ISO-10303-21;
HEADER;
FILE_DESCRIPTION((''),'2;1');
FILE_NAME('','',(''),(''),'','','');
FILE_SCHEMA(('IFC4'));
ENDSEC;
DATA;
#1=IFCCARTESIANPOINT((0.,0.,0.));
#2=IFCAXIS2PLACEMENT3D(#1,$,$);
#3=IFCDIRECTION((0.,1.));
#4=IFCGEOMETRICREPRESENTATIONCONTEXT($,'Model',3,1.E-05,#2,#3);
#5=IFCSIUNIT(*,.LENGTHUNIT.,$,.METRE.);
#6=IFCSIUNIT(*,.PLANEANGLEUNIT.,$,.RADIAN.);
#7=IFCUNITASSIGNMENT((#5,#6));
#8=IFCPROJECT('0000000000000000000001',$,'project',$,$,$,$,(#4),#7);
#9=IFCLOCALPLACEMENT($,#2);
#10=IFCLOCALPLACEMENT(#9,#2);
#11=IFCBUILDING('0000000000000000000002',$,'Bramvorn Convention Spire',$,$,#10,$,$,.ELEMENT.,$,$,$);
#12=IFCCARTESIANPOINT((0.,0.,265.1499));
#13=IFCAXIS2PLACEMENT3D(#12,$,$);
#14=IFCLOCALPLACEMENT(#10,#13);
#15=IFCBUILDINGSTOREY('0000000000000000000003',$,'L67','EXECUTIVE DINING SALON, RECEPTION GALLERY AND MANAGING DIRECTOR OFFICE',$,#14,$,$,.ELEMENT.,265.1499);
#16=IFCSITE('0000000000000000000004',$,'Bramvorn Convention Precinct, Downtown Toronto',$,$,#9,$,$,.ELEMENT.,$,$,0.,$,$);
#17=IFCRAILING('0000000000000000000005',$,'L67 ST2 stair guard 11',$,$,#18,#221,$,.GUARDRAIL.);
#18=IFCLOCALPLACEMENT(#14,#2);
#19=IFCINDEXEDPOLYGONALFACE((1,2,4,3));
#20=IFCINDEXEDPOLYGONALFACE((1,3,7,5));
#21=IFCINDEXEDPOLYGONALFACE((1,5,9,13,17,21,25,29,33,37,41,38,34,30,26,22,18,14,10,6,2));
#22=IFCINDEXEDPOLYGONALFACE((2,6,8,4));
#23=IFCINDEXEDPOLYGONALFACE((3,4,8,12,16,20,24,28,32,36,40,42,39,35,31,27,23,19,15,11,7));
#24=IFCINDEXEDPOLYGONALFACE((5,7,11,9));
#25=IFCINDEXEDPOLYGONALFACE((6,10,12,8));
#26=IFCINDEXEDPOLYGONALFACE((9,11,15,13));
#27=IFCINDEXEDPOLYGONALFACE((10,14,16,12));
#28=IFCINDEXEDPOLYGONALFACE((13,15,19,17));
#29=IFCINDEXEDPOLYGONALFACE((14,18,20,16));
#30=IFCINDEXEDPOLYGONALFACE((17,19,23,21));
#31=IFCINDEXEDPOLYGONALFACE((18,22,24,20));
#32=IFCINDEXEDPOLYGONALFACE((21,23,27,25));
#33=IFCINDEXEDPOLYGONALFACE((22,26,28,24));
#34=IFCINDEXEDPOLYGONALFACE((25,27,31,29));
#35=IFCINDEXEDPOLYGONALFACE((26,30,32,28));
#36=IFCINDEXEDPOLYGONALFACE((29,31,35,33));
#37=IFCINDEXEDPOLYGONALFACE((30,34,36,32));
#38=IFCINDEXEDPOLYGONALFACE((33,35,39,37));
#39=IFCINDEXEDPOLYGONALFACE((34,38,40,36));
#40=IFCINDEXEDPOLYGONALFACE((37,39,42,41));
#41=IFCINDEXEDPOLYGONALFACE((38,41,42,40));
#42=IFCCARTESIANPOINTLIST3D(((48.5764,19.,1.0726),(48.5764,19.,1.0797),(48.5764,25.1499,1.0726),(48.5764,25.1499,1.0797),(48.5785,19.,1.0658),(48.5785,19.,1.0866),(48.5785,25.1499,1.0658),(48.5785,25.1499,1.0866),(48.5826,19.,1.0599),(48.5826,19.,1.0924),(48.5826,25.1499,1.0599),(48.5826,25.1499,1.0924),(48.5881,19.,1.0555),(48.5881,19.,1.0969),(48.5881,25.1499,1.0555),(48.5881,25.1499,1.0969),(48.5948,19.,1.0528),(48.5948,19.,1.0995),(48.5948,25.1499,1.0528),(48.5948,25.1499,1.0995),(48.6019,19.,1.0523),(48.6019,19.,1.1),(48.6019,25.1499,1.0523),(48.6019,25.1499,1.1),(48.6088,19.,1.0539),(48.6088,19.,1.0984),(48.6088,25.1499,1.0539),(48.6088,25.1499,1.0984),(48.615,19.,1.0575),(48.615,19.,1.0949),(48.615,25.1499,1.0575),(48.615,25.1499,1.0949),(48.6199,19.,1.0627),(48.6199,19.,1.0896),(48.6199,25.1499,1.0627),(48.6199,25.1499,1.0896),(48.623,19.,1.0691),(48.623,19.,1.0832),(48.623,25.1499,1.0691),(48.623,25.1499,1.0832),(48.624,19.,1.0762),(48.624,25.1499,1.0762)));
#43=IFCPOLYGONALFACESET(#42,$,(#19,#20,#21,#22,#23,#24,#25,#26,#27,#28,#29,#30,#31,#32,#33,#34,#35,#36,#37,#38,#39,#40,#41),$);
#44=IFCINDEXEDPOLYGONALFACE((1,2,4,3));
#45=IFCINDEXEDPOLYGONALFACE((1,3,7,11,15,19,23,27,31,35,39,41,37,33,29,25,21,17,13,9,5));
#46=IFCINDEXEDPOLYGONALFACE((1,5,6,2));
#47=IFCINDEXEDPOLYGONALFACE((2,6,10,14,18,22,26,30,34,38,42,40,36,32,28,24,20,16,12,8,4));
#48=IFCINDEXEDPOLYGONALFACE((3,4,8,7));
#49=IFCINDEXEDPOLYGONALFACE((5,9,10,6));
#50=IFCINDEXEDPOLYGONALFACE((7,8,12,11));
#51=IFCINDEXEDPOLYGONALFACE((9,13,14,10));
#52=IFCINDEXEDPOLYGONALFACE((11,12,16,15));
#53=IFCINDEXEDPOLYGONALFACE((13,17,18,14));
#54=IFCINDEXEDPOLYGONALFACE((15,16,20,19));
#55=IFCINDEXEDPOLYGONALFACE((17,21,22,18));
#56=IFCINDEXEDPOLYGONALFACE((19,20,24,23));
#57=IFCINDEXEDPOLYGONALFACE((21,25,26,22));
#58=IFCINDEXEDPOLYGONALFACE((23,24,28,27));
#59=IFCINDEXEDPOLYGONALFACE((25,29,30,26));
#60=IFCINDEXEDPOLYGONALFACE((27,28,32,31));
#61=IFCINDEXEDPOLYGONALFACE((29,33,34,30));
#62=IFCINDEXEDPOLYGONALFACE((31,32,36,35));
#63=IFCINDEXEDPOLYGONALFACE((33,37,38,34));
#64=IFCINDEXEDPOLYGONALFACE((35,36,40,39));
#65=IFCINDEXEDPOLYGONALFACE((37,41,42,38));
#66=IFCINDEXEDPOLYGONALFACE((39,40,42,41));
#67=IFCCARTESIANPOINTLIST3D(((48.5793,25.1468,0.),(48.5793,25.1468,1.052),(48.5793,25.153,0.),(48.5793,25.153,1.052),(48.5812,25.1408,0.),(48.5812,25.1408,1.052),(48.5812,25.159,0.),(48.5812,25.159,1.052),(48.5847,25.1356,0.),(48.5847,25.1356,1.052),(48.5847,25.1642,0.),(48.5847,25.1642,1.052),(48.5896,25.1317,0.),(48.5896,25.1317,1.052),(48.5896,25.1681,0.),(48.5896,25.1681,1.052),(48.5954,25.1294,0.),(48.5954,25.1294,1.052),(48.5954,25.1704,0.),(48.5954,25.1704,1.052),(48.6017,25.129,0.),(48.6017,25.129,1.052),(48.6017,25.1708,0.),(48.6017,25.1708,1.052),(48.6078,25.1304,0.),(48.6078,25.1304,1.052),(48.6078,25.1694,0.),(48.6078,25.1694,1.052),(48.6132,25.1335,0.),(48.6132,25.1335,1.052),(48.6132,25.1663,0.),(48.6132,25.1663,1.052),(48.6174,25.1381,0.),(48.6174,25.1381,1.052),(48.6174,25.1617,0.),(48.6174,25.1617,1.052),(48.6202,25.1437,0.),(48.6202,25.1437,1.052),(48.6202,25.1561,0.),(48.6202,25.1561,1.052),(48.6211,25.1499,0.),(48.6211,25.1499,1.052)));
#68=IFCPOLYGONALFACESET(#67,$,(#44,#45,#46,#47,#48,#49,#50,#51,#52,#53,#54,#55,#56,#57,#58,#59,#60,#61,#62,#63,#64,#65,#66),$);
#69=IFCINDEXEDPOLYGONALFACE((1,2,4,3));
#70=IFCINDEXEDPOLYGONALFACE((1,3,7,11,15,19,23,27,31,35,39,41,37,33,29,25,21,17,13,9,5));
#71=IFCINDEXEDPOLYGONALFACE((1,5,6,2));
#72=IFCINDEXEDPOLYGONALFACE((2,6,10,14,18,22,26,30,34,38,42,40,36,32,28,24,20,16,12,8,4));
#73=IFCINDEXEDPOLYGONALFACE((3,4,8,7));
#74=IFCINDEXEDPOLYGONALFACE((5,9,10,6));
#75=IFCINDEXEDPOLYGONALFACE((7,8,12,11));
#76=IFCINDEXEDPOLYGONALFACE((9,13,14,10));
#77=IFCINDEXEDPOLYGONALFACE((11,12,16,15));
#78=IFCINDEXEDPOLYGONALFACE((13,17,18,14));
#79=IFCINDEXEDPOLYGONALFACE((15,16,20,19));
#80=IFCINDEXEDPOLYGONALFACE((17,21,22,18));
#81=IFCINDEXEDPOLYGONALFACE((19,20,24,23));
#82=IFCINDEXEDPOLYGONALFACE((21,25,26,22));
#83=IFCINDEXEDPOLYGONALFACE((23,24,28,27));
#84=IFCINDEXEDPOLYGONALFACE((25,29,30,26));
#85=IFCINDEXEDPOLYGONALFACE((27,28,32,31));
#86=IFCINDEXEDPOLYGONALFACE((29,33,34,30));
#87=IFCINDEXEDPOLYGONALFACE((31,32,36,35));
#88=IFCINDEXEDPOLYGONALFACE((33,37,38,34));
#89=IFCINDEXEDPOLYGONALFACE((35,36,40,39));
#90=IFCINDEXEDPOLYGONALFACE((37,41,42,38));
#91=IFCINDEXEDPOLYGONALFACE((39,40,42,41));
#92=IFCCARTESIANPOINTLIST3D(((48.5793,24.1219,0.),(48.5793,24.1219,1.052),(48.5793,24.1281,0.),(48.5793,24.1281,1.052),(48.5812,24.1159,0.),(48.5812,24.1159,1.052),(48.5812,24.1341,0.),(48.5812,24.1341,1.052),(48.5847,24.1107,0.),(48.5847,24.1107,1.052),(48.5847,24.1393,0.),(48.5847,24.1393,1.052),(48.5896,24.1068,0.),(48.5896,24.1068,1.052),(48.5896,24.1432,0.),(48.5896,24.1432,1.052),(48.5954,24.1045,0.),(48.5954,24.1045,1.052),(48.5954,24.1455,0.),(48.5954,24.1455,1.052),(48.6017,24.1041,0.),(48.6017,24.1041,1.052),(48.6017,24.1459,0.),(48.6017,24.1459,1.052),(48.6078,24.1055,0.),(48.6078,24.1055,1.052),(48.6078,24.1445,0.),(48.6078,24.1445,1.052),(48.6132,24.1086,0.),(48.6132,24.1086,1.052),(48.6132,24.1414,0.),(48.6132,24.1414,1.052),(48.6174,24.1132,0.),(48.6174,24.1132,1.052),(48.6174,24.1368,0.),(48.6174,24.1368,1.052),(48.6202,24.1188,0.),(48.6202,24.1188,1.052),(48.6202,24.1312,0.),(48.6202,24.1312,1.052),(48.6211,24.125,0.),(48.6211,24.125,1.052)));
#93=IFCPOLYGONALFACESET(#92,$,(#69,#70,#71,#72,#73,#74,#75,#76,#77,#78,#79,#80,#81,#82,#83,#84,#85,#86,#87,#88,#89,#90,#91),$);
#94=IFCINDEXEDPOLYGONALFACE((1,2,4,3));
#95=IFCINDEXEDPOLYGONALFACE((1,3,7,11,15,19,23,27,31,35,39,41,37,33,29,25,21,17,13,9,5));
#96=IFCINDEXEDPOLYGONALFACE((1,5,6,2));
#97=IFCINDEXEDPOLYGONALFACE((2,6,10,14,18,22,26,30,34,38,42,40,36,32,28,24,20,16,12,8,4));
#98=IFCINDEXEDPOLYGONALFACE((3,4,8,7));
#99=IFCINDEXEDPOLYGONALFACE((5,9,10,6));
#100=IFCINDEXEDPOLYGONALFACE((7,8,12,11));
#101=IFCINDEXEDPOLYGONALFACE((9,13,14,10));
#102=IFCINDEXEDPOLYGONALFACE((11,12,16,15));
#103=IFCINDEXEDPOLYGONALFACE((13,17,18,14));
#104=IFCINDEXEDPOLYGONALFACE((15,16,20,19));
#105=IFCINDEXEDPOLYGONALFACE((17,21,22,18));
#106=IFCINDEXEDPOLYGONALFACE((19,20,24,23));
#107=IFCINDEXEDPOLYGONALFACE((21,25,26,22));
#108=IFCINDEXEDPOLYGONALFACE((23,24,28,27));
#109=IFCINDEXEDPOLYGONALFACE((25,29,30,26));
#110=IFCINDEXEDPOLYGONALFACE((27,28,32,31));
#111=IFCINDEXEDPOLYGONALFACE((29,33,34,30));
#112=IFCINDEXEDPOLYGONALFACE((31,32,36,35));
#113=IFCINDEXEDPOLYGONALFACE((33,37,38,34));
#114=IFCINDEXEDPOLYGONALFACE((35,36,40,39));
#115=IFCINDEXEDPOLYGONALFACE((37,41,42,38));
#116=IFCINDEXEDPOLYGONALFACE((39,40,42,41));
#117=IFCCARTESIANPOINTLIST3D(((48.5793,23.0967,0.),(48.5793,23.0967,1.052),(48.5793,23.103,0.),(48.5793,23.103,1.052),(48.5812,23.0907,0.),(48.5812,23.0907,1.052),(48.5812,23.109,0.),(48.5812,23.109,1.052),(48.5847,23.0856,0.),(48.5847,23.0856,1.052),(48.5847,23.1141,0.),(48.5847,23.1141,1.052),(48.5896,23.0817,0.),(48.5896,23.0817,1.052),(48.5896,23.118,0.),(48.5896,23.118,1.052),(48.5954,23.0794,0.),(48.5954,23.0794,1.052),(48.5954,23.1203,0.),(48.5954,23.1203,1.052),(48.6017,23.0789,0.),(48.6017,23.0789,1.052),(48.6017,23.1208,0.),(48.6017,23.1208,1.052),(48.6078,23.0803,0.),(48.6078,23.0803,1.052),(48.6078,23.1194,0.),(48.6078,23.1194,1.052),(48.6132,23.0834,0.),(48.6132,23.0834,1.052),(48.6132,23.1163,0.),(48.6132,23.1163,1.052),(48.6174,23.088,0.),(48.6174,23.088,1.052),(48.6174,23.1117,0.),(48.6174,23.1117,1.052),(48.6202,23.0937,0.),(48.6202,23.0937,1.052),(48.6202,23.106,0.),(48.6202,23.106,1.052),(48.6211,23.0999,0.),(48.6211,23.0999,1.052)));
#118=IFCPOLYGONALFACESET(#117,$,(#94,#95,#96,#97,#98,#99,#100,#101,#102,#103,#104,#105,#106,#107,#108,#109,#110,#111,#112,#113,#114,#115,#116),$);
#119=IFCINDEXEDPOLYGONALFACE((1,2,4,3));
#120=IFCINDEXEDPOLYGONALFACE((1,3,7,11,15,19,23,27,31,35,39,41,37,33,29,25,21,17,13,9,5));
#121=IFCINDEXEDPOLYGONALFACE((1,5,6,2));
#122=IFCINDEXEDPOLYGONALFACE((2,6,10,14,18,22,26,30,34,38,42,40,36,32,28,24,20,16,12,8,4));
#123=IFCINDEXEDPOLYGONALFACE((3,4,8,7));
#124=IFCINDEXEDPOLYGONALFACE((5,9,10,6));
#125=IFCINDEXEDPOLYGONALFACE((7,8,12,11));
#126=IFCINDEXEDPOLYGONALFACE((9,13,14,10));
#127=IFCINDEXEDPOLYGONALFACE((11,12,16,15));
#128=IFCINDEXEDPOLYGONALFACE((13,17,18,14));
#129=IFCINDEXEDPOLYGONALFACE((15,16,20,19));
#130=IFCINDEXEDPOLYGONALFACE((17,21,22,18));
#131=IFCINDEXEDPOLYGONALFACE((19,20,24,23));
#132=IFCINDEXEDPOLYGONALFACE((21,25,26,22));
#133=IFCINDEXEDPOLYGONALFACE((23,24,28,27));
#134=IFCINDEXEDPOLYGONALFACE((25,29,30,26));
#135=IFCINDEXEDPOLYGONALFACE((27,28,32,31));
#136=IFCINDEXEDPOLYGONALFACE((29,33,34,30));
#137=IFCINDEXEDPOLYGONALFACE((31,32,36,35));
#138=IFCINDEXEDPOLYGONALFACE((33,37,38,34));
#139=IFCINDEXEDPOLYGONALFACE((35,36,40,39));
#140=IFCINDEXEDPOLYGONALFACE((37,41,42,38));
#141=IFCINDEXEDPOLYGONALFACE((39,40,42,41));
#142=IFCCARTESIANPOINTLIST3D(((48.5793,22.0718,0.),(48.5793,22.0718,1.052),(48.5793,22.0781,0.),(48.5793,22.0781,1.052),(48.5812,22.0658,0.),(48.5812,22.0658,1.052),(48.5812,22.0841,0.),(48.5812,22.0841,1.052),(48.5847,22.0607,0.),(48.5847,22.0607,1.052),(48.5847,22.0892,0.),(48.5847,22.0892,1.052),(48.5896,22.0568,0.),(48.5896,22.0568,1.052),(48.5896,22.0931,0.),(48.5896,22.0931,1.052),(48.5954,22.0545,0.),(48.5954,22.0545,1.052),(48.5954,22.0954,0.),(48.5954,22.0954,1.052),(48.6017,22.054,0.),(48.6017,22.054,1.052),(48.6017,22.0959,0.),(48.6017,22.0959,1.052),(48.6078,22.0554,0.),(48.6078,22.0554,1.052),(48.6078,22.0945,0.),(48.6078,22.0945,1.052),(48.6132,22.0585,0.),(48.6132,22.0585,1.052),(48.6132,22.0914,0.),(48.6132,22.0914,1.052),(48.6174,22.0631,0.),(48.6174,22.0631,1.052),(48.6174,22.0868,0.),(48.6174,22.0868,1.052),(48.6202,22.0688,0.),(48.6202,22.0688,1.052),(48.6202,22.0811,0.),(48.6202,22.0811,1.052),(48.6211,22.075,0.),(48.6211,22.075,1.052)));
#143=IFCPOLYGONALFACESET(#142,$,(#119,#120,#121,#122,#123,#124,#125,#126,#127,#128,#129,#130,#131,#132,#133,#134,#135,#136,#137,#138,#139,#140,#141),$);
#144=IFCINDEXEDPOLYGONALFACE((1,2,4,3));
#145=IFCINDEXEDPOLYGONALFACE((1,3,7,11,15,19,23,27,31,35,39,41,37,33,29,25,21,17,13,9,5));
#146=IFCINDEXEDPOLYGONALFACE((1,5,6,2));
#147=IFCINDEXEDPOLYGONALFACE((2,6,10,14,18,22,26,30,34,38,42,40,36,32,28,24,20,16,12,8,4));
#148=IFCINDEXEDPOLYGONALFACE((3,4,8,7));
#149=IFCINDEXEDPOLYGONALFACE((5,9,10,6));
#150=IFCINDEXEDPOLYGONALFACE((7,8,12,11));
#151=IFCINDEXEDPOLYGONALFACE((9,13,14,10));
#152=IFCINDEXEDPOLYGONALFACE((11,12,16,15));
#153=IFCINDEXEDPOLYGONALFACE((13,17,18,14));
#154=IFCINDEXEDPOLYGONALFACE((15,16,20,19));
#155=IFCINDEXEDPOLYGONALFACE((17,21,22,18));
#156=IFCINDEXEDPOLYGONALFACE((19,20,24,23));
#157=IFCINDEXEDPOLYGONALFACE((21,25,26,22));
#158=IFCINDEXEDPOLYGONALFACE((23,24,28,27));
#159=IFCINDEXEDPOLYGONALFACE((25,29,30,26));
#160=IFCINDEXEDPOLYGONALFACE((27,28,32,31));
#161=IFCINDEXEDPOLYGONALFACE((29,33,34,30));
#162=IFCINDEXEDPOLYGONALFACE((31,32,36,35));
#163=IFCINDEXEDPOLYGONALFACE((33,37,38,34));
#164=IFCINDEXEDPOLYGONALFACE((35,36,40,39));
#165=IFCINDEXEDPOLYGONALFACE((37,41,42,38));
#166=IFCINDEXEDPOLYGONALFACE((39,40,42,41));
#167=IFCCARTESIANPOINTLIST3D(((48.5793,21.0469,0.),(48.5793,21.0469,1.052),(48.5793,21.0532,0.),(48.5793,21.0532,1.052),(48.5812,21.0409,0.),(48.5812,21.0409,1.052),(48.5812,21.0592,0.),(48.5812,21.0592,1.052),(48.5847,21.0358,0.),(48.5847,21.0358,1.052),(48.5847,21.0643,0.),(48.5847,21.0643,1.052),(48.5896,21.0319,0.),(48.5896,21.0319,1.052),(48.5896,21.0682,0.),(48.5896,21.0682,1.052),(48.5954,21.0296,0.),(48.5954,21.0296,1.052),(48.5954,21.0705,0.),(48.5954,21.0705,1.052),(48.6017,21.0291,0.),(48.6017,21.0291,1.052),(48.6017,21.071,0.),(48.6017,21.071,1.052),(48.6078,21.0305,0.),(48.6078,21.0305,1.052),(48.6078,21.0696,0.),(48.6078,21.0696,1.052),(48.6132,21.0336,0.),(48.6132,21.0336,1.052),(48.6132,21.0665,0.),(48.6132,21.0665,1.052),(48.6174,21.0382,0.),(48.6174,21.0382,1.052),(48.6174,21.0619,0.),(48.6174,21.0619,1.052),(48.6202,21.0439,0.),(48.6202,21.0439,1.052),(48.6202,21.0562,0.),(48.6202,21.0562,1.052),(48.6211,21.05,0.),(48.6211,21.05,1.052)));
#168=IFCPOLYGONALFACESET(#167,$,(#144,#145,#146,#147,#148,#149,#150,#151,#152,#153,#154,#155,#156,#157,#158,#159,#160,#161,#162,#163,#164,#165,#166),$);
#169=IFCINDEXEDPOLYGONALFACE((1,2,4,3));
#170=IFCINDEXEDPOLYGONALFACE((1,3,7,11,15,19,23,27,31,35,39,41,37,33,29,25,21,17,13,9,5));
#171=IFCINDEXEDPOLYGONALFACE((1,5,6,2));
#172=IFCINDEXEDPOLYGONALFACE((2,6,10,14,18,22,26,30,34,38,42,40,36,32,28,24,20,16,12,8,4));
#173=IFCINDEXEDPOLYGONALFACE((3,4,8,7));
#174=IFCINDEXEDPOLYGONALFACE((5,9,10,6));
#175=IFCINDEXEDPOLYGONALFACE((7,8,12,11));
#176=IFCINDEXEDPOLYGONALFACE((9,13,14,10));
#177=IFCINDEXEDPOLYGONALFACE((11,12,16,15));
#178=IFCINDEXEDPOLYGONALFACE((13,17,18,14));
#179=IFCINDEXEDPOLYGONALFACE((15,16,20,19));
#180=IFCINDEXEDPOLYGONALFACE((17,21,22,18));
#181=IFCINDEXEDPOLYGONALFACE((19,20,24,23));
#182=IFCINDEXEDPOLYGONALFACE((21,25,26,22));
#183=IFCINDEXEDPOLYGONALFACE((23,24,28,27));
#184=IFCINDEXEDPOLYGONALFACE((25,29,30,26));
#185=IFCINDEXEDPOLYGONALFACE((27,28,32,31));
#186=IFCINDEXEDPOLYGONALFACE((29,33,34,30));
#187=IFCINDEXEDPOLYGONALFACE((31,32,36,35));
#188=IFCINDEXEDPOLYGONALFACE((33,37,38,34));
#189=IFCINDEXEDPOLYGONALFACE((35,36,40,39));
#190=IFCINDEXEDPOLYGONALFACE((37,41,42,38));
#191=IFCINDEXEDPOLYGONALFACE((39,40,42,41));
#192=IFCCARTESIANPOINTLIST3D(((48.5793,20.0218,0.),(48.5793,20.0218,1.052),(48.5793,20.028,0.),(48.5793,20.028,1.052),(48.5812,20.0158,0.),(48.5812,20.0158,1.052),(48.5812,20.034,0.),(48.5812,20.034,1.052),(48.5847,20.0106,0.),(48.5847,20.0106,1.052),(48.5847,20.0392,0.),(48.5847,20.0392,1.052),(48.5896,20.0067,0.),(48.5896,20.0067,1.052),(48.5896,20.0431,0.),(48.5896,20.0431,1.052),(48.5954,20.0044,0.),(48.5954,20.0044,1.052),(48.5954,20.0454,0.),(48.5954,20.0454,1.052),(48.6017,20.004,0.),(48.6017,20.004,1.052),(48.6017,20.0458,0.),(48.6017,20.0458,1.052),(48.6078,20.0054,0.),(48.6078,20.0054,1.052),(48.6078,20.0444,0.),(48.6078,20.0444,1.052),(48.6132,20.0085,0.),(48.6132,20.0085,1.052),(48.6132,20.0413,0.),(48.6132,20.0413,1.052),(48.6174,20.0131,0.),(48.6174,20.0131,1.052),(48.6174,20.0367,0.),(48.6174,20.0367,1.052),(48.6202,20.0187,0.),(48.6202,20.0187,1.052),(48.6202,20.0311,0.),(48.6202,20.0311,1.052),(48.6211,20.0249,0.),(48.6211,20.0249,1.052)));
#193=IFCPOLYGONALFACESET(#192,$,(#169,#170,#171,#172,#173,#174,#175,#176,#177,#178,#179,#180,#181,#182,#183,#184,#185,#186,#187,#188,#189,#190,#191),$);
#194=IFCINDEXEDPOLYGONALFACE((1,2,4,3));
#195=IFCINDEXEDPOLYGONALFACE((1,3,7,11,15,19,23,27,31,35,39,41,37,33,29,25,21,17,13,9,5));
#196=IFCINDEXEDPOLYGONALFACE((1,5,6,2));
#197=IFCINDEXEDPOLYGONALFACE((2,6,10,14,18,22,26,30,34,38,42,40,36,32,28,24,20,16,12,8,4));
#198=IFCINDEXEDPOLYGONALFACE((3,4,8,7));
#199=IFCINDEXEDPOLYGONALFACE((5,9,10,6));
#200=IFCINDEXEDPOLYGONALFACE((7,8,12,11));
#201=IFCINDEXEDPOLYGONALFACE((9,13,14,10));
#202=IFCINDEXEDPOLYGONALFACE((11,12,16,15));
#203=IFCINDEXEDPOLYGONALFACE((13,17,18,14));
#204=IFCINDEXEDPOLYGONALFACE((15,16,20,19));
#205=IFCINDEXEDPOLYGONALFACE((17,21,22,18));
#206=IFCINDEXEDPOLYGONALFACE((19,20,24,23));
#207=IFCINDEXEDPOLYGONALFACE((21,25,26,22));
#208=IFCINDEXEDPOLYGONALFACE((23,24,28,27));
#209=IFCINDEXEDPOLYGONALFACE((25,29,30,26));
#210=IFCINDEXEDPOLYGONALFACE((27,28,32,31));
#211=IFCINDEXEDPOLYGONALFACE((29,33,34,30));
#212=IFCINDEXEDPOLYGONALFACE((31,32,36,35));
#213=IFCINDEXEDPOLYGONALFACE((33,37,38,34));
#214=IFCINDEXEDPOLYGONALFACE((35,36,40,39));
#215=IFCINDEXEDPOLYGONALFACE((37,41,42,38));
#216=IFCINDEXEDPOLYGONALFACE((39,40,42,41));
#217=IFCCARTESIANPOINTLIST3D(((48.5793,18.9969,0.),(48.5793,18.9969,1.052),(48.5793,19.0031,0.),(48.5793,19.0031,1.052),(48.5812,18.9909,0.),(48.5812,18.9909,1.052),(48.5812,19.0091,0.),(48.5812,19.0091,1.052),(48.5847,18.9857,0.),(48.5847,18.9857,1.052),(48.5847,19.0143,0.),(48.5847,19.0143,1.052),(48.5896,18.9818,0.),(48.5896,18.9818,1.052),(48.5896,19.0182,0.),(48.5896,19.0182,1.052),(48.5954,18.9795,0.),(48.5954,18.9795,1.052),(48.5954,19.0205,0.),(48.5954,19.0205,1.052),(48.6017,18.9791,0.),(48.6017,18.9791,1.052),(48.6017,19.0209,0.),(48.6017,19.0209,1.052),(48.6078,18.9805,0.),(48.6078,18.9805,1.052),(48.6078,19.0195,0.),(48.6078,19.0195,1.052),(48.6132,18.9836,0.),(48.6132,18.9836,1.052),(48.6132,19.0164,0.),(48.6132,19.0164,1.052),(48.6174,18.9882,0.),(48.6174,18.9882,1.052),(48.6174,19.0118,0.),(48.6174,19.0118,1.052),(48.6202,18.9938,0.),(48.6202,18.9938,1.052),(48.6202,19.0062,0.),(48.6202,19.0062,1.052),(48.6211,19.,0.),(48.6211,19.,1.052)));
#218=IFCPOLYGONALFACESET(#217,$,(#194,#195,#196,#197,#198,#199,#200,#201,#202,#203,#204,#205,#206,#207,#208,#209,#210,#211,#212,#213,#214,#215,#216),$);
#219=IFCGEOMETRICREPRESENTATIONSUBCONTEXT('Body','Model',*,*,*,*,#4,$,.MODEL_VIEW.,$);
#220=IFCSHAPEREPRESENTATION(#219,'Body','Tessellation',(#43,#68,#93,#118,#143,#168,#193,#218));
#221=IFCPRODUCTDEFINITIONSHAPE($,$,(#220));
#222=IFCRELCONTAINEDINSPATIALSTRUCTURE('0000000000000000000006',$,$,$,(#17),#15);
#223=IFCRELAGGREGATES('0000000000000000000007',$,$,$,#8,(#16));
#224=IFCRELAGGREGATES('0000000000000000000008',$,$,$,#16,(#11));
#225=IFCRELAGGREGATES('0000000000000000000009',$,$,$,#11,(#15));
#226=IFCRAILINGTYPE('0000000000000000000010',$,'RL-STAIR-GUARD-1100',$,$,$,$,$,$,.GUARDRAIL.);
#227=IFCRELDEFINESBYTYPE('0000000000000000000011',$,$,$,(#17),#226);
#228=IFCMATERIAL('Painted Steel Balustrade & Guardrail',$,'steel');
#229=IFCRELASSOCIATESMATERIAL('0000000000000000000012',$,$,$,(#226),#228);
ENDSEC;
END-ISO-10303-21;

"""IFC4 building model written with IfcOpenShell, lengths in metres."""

from ifc_helpers import new_model, si_unit, direction, frame, origin, origin_2d, place, context, subcontext, project, spatial, circle, extrude, material, type_object, element, save


model = new_model("IFC4")

# Units and contexts
model_context = context("Model", 3, precision=1e-05, world=origin(), true_north=direction((0.0, 1.0)))
body_context = subcontext(model_context, "Body", "Model", "MODEL_VIEW")
ifc_project = project(units=[si_unit("LENGTHUNIT", "METRE"), si_unit("PLANEANGLEUNIT", "RADIAN")], contexts=[model_context])

# Site, building, storey
site_placement = place(None, origin())
site = spatial("IfcSite", under=ifc_project, at=site_placement, Name="Bramvorn Convention Precinct, Downtown Toronto", CompositionType="ELEMENT", RefElevation=0.0)
building_placement = place(site_placement, origin())
building = spatial("IfcBuilding", under=site, at=building_placement, Name="Bramvorn Convention Spire", CompositionType="ELEMENT")
storey_placement = place(building_placement, frame((0.0, 0.0, 265.1499)))
storey = spatial("IfcBuildingStorey", under=building, at=storey_placement, Name="L67", Description="EXECUTIVE DINING SALON, RECEPTION GALLERY AND MANAGING DIRECTOR OFFICE", CompositionType="ELEMENT", Elevation=265.1499)

# Railing
ifc_material_1 = material(Name="Painted Steel Balustrade & Guardrail", Category="steel")
railing_type_1 = type_object("IfcRailingType", Name="RL-STAIR-GUARD-1100", PredefinedType="GUARDRAIL", material=ifc_material_1)
railing_1_placement = place(storey_placement, frame((48.6001, 25.1499, 0.0)))
element("IfcRailing", 1, at=railing_1_placement, inside=storey, type_object=railing_type_1, Name="L67 ST2 stair guard 11", PredefinedType="GUARDRAIL", context=body_context, shape_type="SweptSolid", body=[
    extrude(circle(Radius=0.0239, at=origin_2d()), frame((0.0, 0.0, 1.0762), z_axis=(0.0, -1.0, 0.0), x_axis=(1.0, 0.0, 0.0)), (0.0, 0.0, 1.0), 6.1499),
    extrude(circle(Radius=0.021, at=origin_2d()), origin(), (0.0, 0.0, 1.0), 1.052),
    extrude(circle(Radius=0.021, at=origin_2d()), frame((0.0, -1.0249, 0.0)), (0.0, 0.0, 1.0), 1.052),
    extrude(circle(Radius=0.021, at=origin_2d()), frame((0.0, -2.05, 0.0)), (0.0, 0.0, 1.0), 1.052),
    extrude(circle(Radius=0.021, at=origin_2d()), frame((0.0, -3.075, 0.0)), (0.0, 0.0, 1.0), 1.052),
    extrude(circle(Radius=0.021, at=origin_2d()), frame((0.0, -4.0999, 0.0)), (0.0, 0.0, 1.0), 1.052),
    extrude(circle(Radius=0.021, at=origin_2d()), frame((0.0, -5.125, 0.0)), (0.0, 0.0, 1.0), 1.052),
    extrude(circle(Radius=0.021, at=origin_2d()), frame((0.0, -6.1499, 0.0)), (0.0, 0.0, 1.0), 1.052),
])

save(model, "model.ifc")
